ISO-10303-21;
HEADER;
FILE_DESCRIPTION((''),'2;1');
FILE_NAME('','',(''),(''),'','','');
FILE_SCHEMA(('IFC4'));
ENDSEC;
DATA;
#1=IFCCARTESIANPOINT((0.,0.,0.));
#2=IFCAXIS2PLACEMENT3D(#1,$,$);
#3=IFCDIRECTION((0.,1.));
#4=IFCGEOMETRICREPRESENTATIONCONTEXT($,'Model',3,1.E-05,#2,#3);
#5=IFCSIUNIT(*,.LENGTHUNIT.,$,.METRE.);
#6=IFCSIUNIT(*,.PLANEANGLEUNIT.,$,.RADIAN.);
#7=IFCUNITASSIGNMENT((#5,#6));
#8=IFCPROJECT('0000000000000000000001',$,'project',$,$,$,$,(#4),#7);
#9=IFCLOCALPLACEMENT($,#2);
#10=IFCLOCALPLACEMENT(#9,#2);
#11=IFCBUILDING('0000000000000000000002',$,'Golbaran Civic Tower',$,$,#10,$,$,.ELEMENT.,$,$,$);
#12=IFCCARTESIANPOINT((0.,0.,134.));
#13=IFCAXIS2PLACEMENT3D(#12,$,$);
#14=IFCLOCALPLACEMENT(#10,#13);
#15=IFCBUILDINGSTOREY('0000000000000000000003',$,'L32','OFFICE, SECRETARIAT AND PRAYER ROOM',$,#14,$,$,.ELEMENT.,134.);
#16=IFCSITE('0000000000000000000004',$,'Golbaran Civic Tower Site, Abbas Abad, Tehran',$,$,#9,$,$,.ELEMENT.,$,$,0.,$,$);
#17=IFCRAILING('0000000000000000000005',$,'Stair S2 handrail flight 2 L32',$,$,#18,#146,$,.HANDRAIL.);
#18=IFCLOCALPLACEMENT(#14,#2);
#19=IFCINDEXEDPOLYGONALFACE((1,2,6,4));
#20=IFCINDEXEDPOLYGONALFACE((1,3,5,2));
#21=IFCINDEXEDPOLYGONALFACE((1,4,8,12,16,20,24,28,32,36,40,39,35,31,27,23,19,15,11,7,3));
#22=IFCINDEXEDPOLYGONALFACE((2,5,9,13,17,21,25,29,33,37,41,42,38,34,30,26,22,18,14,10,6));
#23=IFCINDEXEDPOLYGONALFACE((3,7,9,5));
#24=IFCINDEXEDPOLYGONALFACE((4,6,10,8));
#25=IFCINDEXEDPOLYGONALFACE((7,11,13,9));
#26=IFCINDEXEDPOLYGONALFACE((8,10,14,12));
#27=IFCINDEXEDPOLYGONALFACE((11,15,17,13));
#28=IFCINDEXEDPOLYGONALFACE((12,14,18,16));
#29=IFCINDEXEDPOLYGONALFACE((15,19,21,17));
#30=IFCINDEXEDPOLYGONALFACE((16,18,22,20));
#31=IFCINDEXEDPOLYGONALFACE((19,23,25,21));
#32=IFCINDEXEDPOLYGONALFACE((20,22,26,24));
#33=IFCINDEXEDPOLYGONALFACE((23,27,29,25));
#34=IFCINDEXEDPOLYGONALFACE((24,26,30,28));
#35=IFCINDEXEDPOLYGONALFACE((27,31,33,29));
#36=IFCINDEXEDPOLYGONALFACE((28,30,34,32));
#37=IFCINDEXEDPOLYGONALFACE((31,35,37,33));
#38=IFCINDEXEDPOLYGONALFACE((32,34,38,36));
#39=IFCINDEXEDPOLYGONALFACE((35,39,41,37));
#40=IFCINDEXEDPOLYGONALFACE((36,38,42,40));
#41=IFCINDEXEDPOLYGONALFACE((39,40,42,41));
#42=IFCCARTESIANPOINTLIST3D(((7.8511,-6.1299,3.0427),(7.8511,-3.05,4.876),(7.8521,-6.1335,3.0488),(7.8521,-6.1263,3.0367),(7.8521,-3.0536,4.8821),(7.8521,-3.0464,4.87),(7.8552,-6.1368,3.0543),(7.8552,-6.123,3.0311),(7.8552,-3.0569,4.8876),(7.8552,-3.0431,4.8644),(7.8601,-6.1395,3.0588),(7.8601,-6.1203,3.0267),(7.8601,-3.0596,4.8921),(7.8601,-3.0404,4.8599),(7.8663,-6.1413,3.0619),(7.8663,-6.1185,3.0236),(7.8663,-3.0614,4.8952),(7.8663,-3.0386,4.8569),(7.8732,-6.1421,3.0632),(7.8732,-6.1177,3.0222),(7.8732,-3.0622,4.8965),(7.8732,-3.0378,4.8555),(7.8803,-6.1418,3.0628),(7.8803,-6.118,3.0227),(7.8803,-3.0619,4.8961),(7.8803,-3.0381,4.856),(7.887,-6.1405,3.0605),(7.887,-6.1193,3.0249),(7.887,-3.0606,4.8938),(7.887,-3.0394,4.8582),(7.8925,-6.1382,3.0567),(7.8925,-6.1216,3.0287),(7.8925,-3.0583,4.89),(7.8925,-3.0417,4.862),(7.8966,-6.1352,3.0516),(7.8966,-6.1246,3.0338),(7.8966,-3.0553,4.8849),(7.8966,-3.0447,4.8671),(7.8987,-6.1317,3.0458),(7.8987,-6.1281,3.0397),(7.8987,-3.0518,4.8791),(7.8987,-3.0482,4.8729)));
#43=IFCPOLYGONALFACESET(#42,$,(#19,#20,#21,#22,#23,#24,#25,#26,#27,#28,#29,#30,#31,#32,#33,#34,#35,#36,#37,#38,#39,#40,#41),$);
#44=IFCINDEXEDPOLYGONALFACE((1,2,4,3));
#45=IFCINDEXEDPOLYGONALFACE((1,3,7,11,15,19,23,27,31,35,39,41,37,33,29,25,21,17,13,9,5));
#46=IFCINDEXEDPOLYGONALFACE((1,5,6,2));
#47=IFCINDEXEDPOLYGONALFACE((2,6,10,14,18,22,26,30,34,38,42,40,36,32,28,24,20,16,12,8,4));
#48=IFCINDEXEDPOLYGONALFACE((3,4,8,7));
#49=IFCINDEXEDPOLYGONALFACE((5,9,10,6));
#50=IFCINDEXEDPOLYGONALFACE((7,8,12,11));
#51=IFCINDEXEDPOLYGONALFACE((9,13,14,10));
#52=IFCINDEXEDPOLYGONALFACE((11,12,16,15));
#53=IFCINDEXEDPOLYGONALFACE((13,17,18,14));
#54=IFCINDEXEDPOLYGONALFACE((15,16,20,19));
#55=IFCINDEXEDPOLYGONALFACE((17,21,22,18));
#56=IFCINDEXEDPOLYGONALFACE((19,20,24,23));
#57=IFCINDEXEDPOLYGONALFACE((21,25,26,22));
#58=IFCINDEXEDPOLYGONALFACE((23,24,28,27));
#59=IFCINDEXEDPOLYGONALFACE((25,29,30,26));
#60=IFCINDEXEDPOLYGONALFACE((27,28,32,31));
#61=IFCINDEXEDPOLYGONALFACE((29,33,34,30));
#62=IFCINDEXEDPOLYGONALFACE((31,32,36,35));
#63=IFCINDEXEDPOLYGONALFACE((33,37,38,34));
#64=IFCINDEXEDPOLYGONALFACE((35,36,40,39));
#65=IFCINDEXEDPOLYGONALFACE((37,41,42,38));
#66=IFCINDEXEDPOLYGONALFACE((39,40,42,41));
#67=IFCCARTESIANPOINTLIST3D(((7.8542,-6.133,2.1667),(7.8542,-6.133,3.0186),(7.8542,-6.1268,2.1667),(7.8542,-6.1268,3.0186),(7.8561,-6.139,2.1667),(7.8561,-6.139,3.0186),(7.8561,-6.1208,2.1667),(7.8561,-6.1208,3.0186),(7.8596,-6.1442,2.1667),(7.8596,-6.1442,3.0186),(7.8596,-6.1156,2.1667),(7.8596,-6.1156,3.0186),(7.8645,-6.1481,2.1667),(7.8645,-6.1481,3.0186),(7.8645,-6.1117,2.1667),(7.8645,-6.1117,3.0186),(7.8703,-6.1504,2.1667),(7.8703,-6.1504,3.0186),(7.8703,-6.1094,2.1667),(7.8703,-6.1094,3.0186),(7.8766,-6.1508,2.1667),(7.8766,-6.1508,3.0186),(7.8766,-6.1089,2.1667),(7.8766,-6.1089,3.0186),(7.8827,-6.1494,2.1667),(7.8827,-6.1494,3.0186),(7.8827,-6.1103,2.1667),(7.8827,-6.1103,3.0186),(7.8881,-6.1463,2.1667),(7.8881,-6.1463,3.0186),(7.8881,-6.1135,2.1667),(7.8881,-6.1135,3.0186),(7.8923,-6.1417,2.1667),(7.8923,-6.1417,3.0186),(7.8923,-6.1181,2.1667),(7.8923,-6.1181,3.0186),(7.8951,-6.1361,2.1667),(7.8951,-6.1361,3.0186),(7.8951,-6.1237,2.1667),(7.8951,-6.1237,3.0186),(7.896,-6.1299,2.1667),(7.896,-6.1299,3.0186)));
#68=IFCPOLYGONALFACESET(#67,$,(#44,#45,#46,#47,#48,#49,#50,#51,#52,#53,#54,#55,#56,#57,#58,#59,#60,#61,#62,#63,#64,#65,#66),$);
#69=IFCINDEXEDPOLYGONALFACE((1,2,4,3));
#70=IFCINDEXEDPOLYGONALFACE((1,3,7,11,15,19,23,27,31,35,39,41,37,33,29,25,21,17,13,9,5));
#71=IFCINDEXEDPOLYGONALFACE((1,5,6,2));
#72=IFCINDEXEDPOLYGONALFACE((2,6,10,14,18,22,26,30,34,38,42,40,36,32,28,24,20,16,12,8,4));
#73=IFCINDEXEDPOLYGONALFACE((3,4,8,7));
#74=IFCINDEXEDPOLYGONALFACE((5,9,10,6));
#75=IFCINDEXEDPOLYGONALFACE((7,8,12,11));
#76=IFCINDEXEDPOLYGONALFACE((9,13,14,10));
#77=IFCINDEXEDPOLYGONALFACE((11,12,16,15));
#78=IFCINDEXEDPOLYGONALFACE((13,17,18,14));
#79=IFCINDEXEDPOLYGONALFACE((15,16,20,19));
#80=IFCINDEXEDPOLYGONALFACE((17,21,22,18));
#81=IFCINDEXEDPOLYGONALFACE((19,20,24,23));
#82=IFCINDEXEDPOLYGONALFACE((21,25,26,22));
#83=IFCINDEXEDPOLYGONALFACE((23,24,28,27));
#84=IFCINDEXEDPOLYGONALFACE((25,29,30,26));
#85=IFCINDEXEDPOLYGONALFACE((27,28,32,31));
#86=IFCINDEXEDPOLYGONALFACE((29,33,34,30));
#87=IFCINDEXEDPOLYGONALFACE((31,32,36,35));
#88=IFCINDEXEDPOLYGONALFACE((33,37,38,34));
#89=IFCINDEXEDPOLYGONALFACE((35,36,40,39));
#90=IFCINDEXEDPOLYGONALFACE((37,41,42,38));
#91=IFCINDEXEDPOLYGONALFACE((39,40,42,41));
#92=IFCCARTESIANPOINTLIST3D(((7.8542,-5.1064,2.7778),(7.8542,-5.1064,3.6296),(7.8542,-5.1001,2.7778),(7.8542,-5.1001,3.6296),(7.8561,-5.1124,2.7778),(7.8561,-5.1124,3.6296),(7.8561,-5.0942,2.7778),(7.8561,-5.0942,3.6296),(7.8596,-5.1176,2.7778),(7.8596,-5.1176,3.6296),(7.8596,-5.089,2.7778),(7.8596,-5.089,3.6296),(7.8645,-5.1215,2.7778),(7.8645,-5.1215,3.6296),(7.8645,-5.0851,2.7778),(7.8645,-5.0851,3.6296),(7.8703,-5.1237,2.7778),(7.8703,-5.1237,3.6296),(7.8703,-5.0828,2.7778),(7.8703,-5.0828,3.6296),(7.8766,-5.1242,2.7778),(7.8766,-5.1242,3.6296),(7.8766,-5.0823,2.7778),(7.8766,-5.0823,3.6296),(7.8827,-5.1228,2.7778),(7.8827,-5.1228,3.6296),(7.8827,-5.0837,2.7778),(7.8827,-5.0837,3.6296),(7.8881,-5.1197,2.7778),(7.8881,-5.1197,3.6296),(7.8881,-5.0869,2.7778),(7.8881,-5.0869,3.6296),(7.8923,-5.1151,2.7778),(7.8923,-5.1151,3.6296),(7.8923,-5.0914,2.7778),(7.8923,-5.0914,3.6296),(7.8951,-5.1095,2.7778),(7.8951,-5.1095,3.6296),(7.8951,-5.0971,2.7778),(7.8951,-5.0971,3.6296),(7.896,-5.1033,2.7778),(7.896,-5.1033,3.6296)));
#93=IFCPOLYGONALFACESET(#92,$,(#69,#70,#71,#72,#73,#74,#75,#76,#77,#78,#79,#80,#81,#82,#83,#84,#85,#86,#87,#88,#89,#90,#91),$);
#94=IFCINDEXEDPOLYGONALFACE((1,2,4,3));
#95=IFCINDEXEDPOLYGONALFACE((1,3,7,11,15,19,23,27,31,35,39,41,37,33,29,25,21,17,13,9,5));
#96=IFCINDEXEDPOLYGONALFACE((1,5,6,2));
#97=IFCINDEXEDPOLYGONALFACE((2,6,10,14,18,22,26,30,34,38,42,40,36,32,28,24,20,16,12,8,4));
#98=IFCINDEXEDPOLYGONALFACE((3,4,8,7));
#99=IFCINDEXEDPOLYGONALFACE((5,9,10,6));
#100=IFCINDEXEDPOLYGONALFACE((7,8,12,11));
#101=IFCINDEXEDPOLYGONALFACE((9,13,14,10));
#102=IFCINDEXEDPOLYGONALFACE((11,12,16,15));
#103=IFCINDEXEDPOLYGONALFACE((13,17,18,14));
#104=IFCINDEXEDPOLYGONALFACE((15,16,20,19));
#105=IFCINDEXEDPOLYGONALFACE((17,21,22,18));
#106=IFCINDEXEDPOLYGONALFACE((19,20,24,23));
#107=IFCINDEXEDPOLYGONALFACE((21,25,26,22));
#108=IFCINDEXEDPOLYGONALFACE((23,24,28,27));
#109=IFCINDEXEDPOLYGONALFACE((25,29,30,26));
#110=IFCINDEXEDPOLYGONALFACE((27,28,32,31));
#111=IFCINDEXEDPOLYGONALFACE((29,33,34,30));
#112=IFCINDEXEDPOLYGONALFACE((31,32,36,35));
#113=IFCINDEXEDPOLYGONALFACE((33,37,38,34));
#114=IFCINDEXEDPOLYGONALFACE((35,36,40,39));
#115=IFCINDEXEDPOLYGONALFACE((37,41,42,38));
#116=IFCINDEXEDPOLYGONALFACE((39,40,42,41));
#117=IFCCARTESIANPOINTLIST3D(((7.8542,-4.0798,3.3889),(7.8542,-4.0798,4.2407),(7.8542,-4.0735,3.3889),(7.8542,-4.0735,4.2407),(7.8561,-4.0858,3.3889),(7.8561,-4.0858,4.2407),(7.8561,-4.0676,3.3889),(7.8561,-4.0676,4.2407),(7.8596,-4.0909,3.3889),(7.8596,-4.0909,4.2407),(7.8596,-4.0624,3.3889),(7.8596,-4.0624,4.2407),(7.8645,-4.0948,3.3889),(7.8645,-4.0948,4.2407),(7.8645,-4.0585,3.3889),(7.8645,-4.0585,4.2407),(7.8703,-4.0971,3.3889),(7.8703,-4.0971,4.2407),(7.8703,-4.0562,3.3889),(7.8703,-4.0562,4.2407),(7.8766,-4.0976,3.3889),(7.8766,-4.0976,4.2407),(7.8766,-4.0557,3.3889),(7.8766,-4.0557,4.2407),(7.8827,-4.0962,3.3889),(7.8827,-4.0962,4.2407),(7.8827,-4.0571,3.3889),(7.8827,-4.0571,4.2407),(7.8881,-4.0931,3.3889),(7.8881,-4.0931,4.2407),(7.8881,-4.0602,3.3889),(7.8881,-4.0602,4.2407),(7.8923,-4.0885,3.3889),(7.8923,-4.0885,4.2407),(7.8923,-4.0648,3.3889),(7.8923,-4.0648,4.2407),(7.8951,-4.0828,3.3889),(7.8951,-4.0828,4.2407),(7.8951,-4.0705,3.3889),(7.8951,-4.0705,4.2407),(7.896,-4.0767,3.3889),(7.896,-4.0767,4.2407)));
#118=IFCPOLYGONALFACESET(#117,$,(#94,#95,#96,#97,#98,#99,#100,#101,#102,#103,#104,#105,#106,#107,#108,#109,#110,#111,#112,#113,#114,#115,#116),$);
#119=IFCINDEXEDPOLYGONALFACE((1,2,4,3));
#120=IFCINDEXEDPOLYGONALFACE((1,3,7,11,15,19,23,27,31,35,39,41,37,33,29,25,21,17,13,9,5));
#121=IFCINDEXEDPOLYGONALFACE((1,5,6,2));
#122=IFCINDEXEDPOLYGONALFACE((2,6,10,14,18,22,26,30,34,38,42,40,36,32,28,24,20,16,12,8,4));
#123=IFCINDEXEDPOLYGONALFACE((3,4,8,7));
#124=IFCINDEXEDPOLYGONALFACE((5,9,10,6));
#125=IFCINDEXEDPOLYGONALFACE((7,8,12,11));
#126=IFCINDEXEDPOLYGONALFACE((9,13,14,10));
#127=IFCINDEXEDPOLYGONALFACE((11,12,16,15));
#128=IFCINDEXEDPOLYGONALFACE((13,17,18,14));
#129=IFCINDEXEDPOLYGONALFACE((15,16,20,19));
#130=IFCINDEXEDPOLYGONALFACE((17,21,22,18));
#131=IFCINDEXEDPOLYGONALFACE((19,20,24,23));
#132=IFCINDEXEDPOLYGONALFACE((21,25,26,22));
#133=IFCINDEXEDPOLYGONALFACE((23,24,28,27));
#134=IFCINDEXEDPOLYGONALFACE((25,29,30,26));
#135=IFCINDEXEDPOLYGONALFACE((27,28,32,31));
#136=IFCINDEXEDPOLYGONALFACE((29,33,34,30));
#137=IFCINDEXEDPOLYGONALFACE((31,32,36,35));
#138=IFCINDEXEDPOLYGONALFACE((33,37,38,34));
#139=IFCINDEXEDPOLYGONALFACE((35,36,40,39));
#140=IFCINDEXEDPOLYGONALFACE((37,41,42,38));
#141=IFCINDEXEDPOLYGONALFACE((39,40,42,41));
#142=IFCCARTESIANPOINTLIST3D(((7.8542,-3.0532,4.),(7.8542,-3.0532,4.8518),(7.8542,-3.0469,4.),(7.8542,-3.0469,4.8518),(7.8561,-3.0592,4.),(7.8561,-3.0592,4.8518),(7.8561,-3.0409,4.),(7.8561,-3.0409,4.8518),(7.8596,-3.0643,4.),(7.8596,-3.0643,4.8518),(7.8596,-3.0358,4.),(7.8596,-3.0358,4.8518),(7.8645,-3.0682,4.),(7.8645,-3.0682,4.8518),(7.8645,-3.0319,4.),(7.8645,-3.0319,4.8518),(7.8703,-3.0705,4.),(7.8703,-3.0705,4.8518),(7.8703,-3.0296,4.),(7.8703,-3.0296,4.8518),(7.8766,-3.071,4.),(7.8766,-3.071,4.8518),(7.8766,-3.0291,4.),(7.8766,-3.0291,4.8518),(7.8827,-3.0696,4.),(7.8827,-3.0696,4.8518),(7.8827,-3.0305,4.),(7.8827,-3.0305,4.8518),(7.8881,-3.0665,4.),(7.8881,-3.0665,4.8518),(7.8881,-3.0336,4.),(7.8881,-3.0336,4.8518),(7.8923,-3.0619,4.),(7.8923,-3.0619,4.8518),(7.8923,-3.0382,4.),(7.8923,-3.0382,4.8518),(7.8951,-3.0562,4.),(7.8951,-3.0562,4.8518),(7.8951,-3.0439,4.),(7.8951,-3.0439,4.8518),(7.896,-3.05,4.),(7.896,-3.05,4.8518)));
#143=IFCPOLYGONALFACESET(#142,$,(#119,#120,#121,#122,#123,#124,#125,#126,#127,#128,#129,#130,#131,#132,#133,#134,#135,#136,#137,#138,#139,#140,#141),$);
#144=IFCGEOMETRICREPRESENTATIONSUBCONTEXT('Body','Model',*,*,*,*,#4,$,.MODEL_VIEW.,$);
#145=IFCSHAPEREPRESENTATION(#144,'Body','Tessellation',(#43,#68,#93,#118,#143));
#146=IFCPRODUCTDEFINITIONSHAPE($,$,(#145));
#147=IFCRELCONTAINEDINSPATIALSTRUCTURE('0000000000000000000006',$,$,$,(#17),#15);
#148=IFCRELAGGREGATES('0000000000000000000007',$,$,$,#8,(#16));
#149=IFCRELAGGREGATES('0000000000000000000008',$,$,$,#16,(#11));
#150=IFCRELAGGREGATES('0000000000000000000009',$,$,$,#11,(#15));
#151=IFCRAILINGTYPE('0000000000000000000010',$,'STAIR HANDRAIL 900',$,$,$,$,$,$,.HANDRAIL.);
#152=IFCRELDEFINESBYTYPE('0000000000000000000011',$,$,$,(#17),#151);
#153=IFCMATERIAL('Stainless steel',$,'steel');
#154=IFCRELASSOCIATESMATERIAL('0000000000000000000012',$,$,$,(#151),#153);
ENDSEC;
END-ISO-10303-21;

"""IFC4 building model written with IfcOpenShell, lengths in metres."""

from ifc_helpers import new_model, si_unit, direction, frame, origin, origin_2d, place, context, subcontext, project, spatial, circle, extrude, material, type_object, element, save


model = new_model("IFC4")

# Units and contexts
model_context = context("Model", 3, precision=1e-05, world=origin(), true_north=direction((0.0, 1.0)))
body_context = subcontext(model_context, "Body", "Model", "MODEL_VIEW")
ifc_project = project(units=[si_unit("LENGTHUNIT", "METRE"), si_unit("PLANEANGLEUNIT", "RADIAN")], contexts=[model_context])

# Site, building, storey
site_placement = place(None, origin())
site = spatial("IfcSite", under=ifc_project, at=site_placement, Name="Golbaran Civic Tower Site, Abbas Abad, Tehran", CompositionType="ELEMENT", RefElevation=0.0)
building_placement = place(site_placement, origin())
building = spatial("IfcBuilding", under=site, at=building_placement, Name="Golbaran Civic Tower", CompositionType="ELEMENT")
storey_placement = place(building_placement, frame((0.0, 0.0, 134.0)))
storey = spatial("IfcBuildingStorey", under=building, at=storey_placement, Name="L32", Description="OFFICE, SECRETARIAT AND PRAYER ROOM", CompositionType="ELEMENT", Elevation=134.0)

# Shared definitions
ifc_material_1 = material(Name="Stainless steel", Category="steel")

# Railing
railing_type = type_object("IfcRailingType", Name="STAIR HANDRAIL 900", PredefinedType="HANDRAIL", material=ifc_material_1)
railing_1_placement = place(storey_placement, frame((7.875, -6.1299, 2.1667)))
element("IfcRailing", 1, at=railing_1_placement, inside=storey, type_object=railing_type, Name="Stair S2 handrail flight 2 L32", PredefinedType="HANDRAIL", context=body_context, shape_type="SweptSolid", body=[
    extrude(circle(Radius=0.0239, at=origin_2d()), frame((0.0, 0.0, 0.876), z_axis=(0.0, 0.859291, 0.511487), x_axis=(-1.0, 0.0, 0.0)), (0.0, 0.0, 1.0), 3.5842),
    extrude(circle(Radius=0.021, at=origin_2d()), origin(), (0.0, 0.0, 1.0), 0.8518),
    extrude(circle(Radius=0.021, at=origin_2d()), frame((0.0, 1.0266, 0.6111)), (0.0, 0.0, 1.0), 0.8518),
    extrude(circle(Radius=0.021, at=origin_2d()), frame((0.0, 2.0532, 1.2222)), (0.0, 0.0, 1.0), 0.8518),
    extrude(circle(Radius=0.021, at=origin_2d()), frame((0.0, 3.0798, 1.8333)), (0.0, 0.0, 1.0), 0.8518),
])

save(model, "model.ifc")
